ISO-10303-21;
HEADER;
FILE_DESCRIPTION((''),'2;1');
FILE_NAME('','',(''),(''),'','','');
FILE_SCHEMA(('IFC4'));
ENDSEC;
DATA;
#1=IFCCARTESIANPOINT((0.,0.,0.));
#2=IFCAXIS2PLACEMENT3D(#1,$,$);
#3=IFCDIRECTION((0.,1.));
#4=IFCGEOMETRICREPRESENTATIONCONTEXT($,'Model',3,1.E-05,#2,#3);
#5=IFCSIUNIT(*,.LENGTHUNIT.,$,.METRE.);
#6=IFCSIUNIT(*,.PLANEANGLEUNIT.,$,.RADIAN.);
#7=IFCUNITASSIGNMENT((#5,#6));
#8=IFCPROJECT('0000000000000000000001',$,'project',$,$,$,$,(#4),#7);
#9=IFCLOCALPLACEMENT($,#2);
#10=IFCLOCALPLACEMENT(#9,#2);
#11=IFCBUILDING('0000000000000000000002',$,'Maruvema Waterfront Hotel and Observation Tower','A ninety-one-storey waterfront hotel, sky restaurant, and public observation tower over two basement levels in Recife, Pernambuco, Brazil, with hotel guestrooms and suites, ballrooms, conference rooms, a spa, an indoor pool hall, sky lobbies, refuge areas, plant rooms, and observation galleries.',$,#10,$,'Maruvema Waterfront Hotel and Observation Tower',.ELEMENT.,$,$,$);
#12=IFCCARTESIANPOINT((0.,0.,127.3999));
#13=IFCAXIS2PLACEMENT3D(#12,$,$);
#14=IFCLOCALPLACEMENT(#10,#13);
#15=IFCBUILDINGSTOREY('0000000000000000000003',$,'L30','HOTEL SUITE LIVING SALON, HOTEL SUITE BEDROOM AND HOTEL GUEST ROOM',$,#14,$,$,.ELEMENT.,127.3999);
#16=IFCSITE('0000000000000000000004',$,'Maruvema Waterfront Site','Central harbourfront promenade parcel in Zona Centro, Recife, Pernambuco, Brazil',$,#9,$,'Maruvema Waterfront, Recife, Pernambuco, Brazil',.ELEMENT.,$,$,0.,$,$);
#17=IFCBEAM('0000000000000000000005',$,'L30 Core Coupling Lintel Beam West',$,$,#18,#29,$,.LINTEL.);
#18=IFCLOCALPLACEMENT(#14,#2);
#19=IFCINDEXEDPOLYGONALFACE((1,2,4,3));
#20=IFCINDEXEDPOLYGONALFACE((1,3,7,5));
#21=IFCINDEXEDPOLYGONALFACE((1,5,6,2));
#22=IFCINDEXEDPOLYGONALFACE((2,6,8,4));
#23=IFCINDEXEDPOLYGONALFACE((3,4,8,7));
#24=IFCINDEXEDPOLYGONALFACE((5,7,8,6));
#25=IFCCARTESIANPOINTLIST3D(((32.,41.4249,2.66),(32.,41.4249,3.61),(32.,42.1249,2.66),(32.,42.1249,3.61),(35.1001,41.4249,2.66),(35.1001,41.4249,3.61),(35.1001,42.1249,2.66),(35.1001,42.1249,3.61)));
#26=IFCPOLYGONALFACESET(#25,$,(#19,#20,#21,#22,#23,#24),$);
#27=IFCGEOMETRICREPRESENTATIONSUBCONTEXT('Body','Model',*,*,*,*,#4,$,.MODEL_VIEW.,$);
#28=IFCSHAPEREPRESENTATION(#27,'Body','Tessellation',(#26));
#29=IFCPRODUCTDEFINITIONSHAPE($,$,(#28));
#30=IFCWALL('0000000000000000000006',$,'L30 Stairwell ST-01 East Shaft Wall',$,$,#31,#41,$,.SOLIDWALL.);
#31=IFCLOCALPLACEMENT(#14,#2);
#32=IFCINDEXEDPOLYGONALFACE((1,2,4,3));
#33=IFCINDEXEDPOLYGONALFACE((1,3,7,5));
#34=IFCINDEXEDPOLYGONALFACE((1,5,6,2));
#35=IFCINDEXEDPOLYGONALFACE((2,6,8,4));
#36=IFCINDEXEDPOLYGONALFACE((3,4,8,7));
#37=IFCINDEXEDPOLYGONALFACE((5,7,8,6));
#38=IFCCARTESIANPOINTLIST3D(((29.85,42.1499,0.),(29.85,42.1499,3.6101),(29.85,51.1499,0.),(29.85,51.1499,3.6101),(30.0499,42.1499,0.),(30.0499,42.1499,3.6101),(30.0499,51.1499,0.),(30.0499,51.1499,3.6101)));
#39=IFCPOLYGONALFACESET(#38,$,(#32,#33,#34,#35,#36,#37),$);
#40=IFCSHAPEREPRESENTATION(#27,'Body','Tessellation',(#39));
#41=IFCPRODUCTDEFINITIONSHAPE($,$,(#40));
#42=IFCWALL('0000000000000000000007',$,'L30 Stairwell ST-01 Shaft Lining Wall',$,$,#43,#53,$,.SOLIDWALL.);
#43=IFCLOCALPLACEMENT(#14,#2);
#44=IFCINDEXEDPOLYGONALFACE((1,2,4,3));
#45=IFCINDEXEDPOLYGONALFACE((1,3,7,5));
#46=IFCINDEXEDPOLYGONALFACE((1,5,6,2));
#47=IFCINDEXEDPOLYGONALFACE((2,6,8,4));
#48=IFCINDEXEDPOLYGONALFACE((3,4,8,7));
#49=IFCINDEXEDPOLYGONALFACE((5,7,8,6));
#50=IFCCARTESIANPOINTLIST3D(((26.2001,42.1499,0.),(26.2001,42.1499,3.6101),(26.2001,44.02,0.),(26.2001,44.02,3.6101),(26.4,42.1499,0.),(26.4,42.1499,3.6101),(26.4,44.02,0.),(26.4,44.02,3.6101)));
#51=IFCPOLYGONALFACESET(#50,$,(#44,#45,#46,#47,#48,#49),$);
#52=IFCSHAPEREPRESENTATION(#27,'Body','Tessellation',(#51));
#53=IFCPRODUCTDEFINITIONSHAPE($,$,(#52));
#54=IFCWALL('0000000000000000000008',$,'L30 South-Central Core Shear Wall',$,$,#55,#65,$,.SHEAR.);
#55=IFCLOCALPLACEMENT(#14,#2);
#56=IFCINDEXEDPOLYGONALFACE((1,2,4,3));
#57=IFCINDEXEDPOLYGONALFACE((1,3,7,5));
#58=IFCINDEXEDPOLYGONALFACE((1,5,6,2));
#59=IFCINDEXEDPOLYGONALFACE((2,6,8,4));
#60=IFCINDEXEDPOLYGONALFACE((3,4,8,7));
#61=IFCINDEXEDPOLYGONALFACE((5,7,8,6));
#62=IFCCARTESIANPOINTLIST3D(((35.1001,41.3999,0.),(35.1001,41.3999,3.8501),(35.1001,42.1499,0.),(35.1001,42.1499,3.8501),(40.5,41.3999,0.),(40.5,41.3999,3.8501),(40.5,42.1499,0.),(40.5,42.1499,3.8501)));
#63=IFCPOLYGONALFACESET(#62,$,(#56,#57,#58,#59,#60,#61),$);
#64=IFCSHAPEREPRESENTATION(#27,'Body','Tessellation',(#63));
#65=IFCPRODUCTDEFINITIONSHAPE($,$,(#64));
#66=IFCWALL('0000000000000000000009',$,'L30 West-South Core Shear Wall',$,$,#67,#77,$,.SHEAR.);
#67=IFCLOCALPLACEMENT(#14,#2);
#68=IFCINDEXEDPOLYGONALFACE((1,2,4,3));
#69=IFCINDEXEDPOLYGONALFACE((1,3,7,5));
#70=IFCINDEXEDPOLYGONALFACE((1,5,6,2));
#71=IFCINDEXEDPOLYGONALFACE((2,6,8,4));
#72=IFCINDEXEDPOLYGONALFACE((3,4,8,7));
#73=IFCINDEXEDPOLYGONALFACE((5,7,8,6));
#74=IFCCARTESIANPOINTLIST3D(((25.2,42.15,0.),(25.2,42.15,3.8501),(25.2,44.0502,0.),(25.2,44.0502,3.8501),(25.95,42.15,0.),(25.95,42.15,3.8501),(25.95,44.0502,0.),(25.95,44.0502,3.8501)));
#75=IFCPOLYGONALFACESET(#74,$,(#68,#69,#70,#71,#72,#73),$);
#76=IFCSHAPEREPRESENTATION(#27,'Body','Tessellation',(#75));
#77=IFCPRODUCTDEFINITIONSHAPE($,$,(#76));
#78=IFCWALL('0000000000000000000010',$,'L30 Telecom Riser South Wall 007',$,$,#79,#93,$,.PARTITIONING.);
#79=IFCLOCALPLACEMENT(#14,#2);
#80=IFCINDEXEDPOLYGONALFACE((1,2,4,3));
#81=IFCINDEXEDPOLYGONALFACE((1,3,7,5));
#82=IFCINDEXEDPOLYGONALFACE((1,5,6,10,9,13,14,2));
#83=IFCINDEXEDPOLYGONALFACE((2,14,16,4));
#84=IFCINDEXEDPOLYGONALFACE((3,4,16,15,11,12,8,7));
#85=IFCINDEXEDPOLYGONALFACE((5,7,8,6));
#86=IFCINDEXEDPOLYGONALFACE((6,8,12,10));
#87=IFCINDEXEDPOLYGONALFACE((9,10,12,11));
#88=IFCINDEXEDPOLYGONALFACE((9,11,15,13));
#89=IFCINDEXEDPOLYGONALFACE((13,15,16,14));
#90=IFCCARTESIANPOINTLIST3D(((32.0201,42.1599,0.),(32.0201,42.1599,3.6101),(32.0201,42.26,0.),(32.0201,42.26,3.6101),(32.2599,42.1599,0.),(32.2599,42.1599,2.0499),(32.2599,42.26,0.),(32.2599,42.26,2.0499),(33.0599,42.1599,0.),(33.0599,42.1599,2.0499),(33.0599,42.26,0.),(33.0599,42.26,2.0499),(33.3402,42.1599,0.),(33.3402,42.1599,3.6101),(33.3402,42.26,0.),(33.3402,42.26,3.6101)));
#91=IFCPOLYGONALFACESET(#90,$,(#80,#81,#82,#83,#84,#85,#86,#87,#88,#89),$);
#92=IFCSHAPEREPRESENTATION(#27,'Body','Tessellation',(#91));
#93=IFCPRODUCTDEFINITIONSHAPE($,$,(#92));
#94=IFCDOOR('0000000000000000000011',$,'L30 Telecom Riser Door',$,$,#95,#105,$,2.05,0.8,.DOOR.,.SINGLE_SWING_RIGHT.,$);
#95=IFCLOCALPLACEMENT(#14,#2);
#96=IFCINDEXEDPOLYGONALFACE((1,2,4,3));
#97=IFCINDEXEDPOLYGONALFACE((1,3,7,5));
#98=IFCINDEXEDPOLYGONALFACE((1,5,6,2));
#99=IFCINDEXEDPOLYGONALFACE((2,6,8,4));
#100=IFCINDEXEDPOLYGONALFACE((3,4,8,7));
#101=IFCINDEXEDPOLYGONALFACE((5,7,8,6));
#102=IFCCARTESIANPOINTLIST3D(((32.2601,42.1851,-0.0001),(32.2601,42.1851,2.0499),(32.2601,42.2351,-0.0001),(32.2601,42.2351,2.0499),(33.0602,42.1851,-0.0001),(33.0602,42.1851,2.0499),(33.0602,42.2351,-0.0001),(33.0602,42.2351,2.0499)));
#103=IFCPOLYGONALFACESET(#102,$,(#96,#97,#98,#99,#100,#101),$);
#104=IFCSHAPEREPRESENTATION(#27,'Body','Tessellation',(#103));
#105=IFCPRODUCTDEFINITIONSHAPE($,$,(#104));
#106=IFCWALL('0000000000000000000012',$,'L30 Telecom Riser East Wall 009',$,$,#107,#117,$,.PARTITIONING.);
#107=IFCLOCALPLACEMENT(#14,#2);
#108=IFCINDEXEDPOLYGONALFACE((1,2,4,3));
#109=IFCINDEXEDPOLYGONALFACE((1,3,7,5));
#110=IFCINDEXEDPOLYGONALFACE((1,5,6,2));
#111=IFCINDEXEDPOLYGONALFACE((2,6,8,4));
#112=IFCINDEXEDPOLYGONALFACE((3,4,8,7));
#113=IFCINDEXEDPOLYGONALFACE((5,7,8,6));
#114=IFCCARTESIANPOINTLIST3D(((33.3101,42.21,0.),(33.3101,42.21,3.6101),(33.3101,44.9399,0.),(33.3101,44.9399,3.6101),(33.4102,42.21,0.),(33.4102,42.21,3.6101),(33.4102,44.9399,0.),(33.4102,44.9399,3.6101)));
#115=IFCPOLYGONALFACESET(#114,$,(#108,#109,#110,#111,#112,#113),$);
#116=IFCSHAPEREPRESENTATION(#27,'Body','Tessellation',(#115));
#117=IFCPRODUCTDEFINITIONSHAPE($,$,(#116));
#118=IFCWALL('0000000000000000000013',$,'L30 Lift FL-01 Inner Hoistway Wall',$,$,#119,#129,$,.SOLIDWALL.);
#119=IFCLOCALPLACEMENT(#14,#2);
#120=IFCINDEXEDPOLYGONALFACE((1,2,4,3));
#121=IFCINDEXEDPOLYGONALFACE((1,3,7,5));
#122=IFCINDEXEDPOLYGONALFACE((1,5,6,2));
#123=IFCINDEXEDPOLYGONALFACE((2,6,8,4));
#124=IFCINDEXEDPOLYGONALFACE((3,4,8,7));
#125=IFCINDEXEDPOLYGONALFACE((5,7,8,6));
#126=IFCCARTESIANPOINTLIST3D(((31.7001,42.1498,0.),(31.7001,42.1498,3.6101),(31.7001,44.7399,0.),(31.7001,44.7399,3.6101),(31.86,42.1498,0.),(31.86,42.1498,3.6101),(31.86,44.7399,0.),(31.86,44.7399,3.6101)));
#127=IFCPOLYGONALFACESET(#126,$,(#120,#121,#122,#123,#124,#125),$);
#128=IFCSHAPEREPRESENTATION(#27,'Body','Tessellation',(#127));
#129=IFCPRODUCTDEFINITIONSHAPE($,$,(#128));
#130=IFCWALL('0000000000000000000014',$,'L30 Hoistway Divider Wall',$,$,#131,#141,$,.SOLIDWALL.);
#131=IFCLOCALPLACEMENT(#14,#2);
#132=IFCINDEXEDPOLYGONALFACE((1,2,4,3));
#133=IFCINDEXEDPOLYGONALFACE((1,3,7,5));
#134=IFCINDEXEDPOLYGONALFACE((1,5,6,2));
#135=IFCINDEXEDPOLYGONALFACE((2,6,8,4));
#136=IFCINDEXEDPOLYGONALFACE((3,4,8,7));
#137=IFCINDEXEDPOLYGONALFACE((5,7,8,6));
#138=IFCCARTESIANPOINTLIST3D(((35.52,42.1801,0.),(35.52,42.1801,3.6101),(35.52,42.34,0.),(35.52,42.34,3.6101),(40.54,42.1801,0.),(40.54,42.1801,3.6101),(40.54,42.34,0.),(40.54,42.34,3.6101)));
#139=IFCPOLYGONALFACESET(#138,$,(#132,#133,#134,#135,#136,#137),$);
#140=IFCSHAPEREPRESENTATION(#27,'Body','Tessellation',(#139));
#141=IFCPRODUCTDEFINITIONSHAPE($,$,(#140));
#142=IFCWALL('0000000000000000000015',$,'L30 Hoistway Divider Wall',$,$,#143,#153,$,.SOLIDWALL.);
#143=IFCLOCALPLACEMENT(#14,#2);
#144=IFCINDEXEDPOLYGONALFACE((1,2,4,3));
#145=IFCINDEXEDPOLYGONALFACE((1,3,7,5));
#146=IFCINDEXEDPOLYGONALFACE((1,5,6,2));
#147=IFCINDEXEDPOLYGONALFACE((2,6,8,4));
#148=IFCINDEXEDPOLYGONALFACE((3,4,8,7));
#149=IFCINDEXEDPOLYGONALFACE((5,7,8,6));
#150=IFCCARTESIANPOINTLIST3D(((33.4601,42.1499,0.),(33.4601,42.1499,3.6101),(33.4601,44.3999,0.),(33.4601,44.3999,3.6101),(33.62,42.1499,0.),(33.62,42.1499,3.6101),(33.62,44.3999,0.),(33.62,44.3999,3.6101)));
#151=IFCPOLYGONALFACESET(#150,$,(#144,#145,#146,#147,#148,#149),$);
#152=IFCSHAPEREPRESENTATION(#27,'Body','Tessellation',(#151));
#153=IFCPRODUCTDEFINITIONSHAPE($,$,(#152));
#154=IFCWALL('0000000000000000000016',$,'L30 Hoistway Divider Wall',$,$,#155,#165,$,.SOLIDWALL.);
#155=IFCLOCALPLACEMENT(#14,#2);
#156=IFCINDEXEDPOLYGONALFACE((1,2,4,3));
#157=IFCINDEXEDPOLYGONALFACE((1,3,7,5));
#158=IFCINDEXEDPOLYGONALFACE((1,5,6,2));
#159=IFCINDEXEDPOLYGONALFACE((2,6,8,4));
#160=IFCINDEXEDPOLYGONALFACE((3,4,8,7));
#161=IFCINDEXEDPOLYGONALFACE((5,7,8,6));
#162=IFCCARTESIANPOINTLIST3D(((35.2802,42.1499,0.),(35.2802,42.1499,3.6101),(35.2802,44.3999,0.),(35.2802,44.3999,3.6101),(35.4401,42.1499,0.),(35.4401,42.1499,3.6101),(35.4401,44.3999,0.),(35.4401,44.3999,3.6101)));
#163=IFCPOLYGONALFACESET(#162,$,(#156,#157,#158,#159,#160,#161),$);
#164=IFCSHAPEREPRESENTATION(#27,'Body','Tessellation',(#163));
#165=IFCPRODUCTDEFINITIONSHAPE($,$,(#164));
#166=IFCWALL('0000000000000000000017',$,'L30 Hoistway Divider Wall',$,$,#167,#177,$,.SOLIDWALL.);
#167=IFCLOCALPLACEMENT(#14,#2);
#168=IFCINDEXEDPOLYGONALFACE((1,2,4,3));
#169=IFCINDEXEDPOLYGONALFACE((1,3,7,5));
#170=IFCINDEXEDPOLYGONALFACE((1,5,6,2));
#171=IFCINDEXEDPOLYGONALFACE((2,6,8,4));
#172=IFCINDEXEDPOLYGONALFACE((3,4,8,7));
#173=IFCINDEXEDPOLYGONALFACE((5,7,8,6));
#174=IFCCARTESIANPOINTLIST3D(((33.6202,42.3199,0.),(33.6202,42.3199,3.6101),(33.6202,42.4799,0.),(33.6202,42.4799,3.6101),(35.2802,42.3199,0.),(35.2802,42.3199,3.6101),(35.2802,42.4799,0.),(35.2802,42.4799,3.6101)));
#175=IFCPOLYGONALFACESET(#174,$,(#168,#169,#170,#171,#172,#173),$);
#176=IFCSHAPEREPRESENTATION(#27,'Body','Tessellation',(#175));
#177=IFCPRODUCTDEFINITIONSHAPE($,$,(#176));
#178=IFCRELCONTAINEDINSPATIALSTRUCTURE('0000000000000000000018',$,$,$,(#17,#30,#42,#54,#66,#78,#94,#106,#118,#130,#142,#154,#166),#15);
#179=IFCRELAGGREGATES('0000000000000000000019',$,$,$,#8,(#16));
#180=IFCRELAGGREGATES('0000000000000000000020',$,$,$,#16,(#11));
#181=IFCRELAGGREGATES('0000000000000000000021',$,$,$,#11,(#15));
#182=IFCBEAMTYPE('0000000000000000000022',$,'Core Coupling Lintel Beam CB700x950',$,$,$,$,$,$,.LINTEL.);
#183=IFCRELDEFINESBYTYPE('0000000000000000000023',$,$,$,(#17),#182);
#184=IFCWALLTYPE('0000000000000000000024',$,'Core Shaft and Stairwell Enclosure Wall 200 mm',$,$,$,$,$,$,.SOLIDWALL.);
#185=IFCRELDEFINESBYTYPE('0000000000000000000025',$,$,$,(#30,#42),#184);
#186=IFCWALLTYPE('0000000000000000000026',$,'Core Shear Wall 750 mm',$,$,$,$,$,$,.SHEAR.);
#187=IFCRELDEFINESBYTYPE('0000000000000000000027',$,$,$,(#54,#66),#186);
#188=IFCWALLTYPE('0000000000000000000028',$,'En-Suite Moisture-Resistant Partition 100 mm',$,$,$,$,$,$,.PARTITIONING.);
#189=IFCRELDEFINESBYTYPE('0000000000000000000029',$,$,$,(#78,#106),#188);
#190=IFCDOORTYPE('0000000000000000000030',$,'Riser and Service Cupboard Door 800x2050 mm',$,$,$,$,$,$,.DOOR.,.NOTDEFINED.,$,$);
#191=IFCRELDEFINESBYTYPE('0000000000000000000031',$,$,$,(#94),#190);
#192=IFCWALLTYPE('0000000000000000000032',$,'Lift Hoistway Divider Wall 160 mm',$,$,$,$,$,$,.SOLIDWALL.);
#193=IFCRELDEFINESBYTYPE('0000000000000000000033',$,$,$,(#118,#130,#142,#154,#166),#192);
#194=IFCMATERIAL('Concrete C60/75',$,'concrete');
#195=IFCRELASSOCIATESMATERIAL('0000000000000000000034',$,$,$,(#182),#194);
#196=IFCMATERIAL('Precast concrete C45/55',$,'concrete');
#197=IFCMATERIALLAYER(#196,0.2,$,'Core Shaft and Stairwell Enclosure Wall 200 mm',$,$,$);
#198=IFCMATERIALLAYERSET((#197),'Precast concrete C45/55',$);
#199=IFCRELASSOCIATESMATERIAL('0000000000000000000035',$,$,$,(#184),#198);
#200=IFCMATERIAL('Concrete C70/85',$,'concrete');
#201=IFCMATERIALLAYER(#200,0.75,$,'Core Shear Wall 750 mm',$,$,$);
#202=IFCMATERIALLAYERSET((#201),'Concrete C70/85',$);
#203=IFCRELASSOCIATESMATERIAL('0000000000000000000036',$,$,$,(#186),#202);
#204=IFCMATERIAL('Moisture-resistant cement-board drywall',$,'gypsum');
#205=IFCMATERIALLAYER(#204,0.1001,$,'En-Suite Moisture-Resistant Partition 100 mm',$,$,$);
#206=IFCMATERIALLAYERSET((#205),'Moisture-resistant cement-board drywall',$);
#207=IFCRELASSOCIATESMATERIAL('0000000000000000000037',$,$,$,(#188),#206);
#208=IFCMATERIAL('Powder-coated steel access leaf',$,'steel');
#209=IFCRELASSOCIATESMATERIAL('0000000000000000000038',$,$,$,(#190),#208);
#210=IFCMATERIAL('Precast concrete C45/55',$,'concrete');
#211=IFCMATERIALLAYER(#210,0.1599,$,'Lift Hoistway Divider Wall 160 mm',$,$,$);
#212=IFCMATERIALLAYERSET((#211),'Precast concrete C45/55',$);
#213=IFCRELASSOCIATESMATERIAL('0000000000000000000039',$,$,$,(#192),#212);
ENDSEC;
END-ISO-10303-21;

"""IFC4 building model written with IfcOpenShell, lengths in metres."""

from ifc_helpers import new_model, si_unit, direction, frame, frame_2d, origin, origin_2d, place, context, subcontext, project, spatial, rectangle, extrude, material, layer, layer_set, material_profile, profile_set, type_object, element, fill, save


model = new_model("IFC4")

# Units and contexts
model_context = context("Model", 3, precision=1e-05, world=origin(), true_north=direction((0.0, 1.0)))
body_context = subcontext(model_context, "Body", "Model", "MODEL_VIEW")
ifc_project = project(units=[si_unit("LENGTHUNIT", "METRE"), si_unit("PLANEANGLEUNIT", "RADIAN")], contexts=[model_context])

# Site, building, storey
site_placement = place(None, origin())
site = spatial("IfcSite", under=ifc_project, at=site_placement, Name="Maruvema Waterfront Site", Description="Central harbourfront promenade parcel in Zona Centro, Recife, Pernambuco, Brazil", LongName="Maruvema Waterfront, Recife, Pernambuco, Brazil", CompositionType="ELEMENT", RefElevation=0.0)
building_placement = place(site_placement, origin())
building = spatial("IfcBuilding", under=site, at=building_placement, Name="Maruvema Waterfront Hotel and Observation Tower", Description="A ninety-one-storey waterfront hotel, sky restaurant, and public observation tower over two basement levels in Recife, Pernambuco, Brazil, with hotel guestrooms and suites, ballrooms, conference rooms, a spa, an indoor pool hall, sky lobbies, refuge areas, plant rooms, and observation galleries.", LongName="Maruvema Waterfront Hotel and Observation Tower", CompositionType="ELEMENT")
storey_placement = place(building_placement, frame((0.0, 0.0, 127.3999)))
storey = spatial("IfcBuildingStorey", under=building, at=storey_placement, Name="L30", Description="HOTEL SUITE LIVING SALON, HOTEL SUITE BEDROOM AND HOTEL GUEST ROOM", CompositionType="ELEMENT", Elevation=127.3999)

# Beam
ifc_material_1 = material(Name="Concrete C60/75", Category="concrete")
ifc_material_profile = material_profile(ifc_material_1, rectangle(XDim=0.7, YDim=0.95, at=origin_2d()), Name="CB700x950")
ifc_profile_set = profile_set([ifc_material_profile], Name="Concrete C60/75")
beam_type = type_object("IfcBeamType", Name="Core Coupling Lintel Beam CB700x950", PredefinedType="LINTEL", material=ifc_profile_set)
beam_placement = place(storey_placement, frame((32.0, 41.7749, 3.135), z_axis=(1.0, 0.0, 0.0), x_axis=(0.0, 1.0, 0.0)))
element("IfcBeam", 1, at=beam_placement, inside=storey, type_object=beam_type, Name="L30 Core Coupling Lintel Beam West", PredefinedType="LINTEL", context=body_context, shape_type="SweptSolid", body=[
    extrude(rectangle(XDim=0.7, YDim=0.95, at=origin_2d()), origin(), (0.0, 0.0, 1.0), 3.1001),
])

# Walls
ifc_material_2 = material(Name="Precast concrete C45/55", Category="concrete")
ifc_layer_1 = layer(ifc_material_2, 0.2, Name="Core Shaft and Stairwell Enclosure Wall 200 mm")
ifc_layer_set_1 = layer_set([ifc_layer_1], Name="Precast concrete C45/55")
wall_type_1 = type_object("IfcWallType", Name="Core Shaft and Stairwell Enclosure Wall 200 mm", PredefinedType="SOLIDWALL", material=ifc_layer_set_1)
wall_1_placement = place(storey_placement, frame((29.95, 42.1499, 0.0), z_axis=(0.0, 0.0, 1.0), x_axis=(0.0, 1.0, 0.0)))
element("IfcWall", 2, at=wall_1_placement, inside=storey, type_object=wall_type_1, Name="L30 Stairwell ST-01 East Shaft Wall", PredefinedType="SOLIDWALL", context=body_context, shape_type="SweptSolid", body=[
    extrude(rectangle(XDim=9.0, YDim=0.2, at=frame_2d((4.5, 0.0))), origin(), (0.0, 0.0, 1.0), 3.6101),
])
wall_2_placement = place(storey_placement, frame((26.3, 42.1499, 0.0), z_axis=(0.0, 0.0, 1.0), x_axis=(0.0, 1.0, 0.0)))
element("IfcWall", 3, at=wall_2_placement, inside=storey, type_object=wall_type_1, Name="L30 Stairwell ST-01 Shaft Lining Wall", PredefinedType="SOLIDWALL", context=body_context, shape_type="SweptSolid", body=[
    extrude(rectangle(XDim=1.8701, YDim=0.2, at=frame_2d((0.9351, 0.0))), origin(), (0.0, 0.0, 1.0), 3.6101),
])

# Shared definitions
ifc_material_3 = material(Name="Concrete C70/85", Category="concrete")
ifc_layer_2 = layer(ifc_material_3, 0.75, Name="Core Shear Wall 750 mm")
ifc_layer_set_2 = layer_set([ifc_layer_2], Name="Concrete C70/85")
wall_type_2 = type_object("IfcWallType", Name="Core Shear Wall 750 mm", PredefinedType="SHEAR", material=ifc_layer_set_2)

# Walls
wall_3_placement = place(storey_placement, frame((35.1001, 41.7749, 0.0), z_axis=(0.0, 0.0, 1.0), x_axis=(1.0, 0.0, 0.0)))
element("IfcWall", 4, at=wall_3_placement, inside=storey, type_object=wall_type_2, Name="L30 South-Central Core Shear Wall", PredefinedType="SHEAR", context=body_context, shape_type="SweptSolid", body=[
    extrude(rectangle(XDim=5.3999, YDim=0.75, at=frame_2d((2.7, 0.0))), origin(), (0.0, 0.0, 1.0), 3.8501),
])
wall_4_placement = place(storey_placement, frame((25.575, 42.1499, 0.0), z_axis=(0.0, 0.0, 1.0), x_axis=(0.0, 1.0, 0.0)))
element("IfcWall", 5, at=wall_4_placement, inside=storey, type_object=wall_type_2, Name="L30 West-South Core Shear Wall", PredefinedType="SHEAR", context=body_context, shape_type="SweptSolid", body=[
    extrude(rectangle(XDim=1.9001, YDim=0.75, at=frame_2d((0.9502, 0.0))), origin(), (0.0, 0.0, 1.0), 3.8501),
])

# Wall, opening, door
ifc_material_4 = material(Name="Moisture-resistant cement-board drywall", Category="gypsum")
ifc_layer_3 = layer(ifc_material_4, 0.1001, Name="En-Suite Moisture-Resistant Partition 100 mm")
ifc_layer_set_3 = layer_set([ifc_layer_3], Name="Moisture-resistant cement-board drywall")
wall_type_3 = type_object("IfcWallType", Name="En-Suite Moisture-Resistant Partition 100 mm", PredefinedType="PARTITIONING", material=ifc_layer_set_3)
wall_5_placement = place(storey_placement, frame((32.02, 42.21, 0.0), z_axis=(0.0, 0.0, 1.0), x_axis=(1.0, 0.0, 0.0)))
wall_5 = element("IfcWall", 6, at=wall_5_placement, inside=storey, type_object=wall_type_3, Name="L30 Telecom Riser South Wall 007", PredefinedType="PARTITIONING", context=body_context, shape_type="SweptSolid", body=[
    extrude(rectangle(XDim=1.3201, YDim=0.1001, at=frame_2d((0.6602, 0.0))), origin(), (0.0, 0.0, 1.0), 3.6101),
])
opening_1_placement = place(wall_5_placement, frame((0.24, 0.0, 0.0)))
opening_1 = element("IfcOpeningElement", 7, at=opening_1_placement, cuts=wall_5, PredefinedType="OPENING", context=body_context, shape_type="SweptSolid", body=[
    extrude(rectangle(XDim=0.8, YDim=2.05, at=frame_2d((0.3999, 1.0249))), frame((0.0, 0.0601, 0.0), z_axis=(0.0, -1.0, 0.0), x_axis=(1.0, 0.0, 0.0)), (0.0, 0.0, 1.0), 0.1201),
])
ifc_material_5 = material(Name="Powder-coated steel access leaf", Category="steel")
door_type_1 = type_object("IfcDoorType", Name="Riser and Service Cupboard Door 800x2050 mm", OperationType="NOTDEFINED", PredefinedType="DOOR", material=ifc_material_5)
door_1_placement = place(opening_1_placement, frame((0.8, 0.0, 0.0), z_axis=(0.0, 0.0, 1.0), x_axis=(-1.0, 0.0, 0.0)))
door_1 = element("IfcDoor", 8, at=door_1_placement, inside=storey, type_object=door_type_1, Name="L30 Telecom Riser Door", OperationType="SINGLE_SWING_RIGHT", OverallHeight=2.05, OverallWidth=0.8, PredefinedType="DOOR", context=body_context, shape_type="SweptSolid", body=[
    extrude(rectangle(XDim=0.8, YDim=2.05, at=frame_2d((0.3999, 1.0249))), frame((0.0, 0.0249, 0.0), z_axis=(0.0, -1.0, 0.0), x_axis=(1.0, 0.0, 0.0)), (0.0, 0.0, 1.0), 0.05),
])
fill(opening_1, door_1)

# Walls
wall_6_placement = place(storey_placement, frame((33.3601, 42.21, 0.0), z_axis=(0.0, 0.0, 1.0), x_axis=(0.0, 1.0, 0.0)))
element("IfcWall", 9, at=wall_6_placement, inside=storey, type_object=wall_type_3, Name="L30 Telecom Riser East Wall 009", PredefinedType="PARTITIONING", context=body_context, shape_type="SweptSolid", body=[
    extrude(rectangle(XDim=2.73, YDim=0.1001, at=frame_2d((1.365, 0.0))), origin(), (0.0, 0.0, 1.0), 3.6101),
])
ifc_material_6 = material(Name="Precast concrete C45/55", Category="concrete")
ifc_layer_4 = layer(ifc_material_6, 0.1599, Name="Lift Hoistway Divider Wall 160 mm")
ifc_layer_set_4 = layer_set([ifc_layer_4], Name="Precast concrete C45/55")
wall_type_4 = type_object("IfcWallType", Name="Lift Hoistway Divider Wall 160 mm", PredefinedType="SOLIDWALL", material=ifc_layer_set_4)
wall_7_placement = place(storey_placement, frame((31.78, 42.1499, 0.0), z_axis=(0.0, 0.0, 1.0), x_axis=(0.0, 1.0, 0.0)))
element("IfcWall", 10, at=wall_7_placement, inside=storey, type_object=wall_type_4, Name="L30 Lift FL-01 Inner Hoistway Wall", PredefinedType="SOLIDWALL", context=body_context, shape_type="SweptSolid", body=[
    extrude(rectangle(XDim=2.5901, YDim=0.1599, at=frame_2d((1.2949, 0.0))), origin(), (0.0, 0.0, 1.0), 3.6101),
])
wall_8_placement = place(storey_placement, frame((35.52, 42.26, 0.0), z_axis=(0.0, 0.0, 1.0), x_axis=(1.0, 0.0, 0.0)))
element("IfcWall", 11, at=wall_8_placement, inside=storey, type_object=wall_type_4, Name="L30 Hoistway Divider Wall", PredefinedType="SOLIDWALL", context=body_context, shape_type="SweptSolid", body=[
    extrude(rectangle(XDim=5.02, YDim=0.1599, at=frame_2d((2.51, 0.0))), origin(), (0.0, 0.0, 1.0), 3.6101),
])
for number, where, z_axis, x_axis, name in (
    (12, (33.54, 42.1499, 0.0), (0.0, 0.0, 1.0), (0.0, 1.0, 0.0), "L30 Hoistway Divider Wall"),
    (13, (35.3601, 42.1499, 0.0), (0.0, 0.0, 1.0), (0.0, 1.0, 0.0), "L30 Hoistway Divider Wall"),
):
    element("IfcWall", number, at=place(storey_placement, frame(where, z_axis=z_axis, x_axis=x_axis)), inside=storey, type_object=wall_type_4, Name=name, PredefinedType="SOLIDWALL", context=body_context, shape_type="SweptSolid", body=[
        extrude(rectangle(XDim=2.25, YDim=0.1599, at=frame_2d((1.125, 0.0))), origin(), (0.0, 0.0, 1.0), 3.6101),
    ])
wall_9_placement = place(storey_placement, frame((33.6201, 42.3999, 0.0), z_axis=(0.0, 0.0, 1.0), x_axis=(1.0, 0.0, 0.0)))
element("IfcWall", 14, at=wall_9_placement, inside=storey, type_object=wall_type_4, Name="L30 Hoistway Divider Wall", PredefinedType="SOLIDWALL", context=body_context, shape_type="SweptSolid", body=[
    extrude(rectangle(XDim=1.6599, YDim=0.1599, at=frame_2d((0.8301, 0.0))), origin(), (0.0, 0.0, 1.0), 3.6101),
])

save(model, "model.ifc")
